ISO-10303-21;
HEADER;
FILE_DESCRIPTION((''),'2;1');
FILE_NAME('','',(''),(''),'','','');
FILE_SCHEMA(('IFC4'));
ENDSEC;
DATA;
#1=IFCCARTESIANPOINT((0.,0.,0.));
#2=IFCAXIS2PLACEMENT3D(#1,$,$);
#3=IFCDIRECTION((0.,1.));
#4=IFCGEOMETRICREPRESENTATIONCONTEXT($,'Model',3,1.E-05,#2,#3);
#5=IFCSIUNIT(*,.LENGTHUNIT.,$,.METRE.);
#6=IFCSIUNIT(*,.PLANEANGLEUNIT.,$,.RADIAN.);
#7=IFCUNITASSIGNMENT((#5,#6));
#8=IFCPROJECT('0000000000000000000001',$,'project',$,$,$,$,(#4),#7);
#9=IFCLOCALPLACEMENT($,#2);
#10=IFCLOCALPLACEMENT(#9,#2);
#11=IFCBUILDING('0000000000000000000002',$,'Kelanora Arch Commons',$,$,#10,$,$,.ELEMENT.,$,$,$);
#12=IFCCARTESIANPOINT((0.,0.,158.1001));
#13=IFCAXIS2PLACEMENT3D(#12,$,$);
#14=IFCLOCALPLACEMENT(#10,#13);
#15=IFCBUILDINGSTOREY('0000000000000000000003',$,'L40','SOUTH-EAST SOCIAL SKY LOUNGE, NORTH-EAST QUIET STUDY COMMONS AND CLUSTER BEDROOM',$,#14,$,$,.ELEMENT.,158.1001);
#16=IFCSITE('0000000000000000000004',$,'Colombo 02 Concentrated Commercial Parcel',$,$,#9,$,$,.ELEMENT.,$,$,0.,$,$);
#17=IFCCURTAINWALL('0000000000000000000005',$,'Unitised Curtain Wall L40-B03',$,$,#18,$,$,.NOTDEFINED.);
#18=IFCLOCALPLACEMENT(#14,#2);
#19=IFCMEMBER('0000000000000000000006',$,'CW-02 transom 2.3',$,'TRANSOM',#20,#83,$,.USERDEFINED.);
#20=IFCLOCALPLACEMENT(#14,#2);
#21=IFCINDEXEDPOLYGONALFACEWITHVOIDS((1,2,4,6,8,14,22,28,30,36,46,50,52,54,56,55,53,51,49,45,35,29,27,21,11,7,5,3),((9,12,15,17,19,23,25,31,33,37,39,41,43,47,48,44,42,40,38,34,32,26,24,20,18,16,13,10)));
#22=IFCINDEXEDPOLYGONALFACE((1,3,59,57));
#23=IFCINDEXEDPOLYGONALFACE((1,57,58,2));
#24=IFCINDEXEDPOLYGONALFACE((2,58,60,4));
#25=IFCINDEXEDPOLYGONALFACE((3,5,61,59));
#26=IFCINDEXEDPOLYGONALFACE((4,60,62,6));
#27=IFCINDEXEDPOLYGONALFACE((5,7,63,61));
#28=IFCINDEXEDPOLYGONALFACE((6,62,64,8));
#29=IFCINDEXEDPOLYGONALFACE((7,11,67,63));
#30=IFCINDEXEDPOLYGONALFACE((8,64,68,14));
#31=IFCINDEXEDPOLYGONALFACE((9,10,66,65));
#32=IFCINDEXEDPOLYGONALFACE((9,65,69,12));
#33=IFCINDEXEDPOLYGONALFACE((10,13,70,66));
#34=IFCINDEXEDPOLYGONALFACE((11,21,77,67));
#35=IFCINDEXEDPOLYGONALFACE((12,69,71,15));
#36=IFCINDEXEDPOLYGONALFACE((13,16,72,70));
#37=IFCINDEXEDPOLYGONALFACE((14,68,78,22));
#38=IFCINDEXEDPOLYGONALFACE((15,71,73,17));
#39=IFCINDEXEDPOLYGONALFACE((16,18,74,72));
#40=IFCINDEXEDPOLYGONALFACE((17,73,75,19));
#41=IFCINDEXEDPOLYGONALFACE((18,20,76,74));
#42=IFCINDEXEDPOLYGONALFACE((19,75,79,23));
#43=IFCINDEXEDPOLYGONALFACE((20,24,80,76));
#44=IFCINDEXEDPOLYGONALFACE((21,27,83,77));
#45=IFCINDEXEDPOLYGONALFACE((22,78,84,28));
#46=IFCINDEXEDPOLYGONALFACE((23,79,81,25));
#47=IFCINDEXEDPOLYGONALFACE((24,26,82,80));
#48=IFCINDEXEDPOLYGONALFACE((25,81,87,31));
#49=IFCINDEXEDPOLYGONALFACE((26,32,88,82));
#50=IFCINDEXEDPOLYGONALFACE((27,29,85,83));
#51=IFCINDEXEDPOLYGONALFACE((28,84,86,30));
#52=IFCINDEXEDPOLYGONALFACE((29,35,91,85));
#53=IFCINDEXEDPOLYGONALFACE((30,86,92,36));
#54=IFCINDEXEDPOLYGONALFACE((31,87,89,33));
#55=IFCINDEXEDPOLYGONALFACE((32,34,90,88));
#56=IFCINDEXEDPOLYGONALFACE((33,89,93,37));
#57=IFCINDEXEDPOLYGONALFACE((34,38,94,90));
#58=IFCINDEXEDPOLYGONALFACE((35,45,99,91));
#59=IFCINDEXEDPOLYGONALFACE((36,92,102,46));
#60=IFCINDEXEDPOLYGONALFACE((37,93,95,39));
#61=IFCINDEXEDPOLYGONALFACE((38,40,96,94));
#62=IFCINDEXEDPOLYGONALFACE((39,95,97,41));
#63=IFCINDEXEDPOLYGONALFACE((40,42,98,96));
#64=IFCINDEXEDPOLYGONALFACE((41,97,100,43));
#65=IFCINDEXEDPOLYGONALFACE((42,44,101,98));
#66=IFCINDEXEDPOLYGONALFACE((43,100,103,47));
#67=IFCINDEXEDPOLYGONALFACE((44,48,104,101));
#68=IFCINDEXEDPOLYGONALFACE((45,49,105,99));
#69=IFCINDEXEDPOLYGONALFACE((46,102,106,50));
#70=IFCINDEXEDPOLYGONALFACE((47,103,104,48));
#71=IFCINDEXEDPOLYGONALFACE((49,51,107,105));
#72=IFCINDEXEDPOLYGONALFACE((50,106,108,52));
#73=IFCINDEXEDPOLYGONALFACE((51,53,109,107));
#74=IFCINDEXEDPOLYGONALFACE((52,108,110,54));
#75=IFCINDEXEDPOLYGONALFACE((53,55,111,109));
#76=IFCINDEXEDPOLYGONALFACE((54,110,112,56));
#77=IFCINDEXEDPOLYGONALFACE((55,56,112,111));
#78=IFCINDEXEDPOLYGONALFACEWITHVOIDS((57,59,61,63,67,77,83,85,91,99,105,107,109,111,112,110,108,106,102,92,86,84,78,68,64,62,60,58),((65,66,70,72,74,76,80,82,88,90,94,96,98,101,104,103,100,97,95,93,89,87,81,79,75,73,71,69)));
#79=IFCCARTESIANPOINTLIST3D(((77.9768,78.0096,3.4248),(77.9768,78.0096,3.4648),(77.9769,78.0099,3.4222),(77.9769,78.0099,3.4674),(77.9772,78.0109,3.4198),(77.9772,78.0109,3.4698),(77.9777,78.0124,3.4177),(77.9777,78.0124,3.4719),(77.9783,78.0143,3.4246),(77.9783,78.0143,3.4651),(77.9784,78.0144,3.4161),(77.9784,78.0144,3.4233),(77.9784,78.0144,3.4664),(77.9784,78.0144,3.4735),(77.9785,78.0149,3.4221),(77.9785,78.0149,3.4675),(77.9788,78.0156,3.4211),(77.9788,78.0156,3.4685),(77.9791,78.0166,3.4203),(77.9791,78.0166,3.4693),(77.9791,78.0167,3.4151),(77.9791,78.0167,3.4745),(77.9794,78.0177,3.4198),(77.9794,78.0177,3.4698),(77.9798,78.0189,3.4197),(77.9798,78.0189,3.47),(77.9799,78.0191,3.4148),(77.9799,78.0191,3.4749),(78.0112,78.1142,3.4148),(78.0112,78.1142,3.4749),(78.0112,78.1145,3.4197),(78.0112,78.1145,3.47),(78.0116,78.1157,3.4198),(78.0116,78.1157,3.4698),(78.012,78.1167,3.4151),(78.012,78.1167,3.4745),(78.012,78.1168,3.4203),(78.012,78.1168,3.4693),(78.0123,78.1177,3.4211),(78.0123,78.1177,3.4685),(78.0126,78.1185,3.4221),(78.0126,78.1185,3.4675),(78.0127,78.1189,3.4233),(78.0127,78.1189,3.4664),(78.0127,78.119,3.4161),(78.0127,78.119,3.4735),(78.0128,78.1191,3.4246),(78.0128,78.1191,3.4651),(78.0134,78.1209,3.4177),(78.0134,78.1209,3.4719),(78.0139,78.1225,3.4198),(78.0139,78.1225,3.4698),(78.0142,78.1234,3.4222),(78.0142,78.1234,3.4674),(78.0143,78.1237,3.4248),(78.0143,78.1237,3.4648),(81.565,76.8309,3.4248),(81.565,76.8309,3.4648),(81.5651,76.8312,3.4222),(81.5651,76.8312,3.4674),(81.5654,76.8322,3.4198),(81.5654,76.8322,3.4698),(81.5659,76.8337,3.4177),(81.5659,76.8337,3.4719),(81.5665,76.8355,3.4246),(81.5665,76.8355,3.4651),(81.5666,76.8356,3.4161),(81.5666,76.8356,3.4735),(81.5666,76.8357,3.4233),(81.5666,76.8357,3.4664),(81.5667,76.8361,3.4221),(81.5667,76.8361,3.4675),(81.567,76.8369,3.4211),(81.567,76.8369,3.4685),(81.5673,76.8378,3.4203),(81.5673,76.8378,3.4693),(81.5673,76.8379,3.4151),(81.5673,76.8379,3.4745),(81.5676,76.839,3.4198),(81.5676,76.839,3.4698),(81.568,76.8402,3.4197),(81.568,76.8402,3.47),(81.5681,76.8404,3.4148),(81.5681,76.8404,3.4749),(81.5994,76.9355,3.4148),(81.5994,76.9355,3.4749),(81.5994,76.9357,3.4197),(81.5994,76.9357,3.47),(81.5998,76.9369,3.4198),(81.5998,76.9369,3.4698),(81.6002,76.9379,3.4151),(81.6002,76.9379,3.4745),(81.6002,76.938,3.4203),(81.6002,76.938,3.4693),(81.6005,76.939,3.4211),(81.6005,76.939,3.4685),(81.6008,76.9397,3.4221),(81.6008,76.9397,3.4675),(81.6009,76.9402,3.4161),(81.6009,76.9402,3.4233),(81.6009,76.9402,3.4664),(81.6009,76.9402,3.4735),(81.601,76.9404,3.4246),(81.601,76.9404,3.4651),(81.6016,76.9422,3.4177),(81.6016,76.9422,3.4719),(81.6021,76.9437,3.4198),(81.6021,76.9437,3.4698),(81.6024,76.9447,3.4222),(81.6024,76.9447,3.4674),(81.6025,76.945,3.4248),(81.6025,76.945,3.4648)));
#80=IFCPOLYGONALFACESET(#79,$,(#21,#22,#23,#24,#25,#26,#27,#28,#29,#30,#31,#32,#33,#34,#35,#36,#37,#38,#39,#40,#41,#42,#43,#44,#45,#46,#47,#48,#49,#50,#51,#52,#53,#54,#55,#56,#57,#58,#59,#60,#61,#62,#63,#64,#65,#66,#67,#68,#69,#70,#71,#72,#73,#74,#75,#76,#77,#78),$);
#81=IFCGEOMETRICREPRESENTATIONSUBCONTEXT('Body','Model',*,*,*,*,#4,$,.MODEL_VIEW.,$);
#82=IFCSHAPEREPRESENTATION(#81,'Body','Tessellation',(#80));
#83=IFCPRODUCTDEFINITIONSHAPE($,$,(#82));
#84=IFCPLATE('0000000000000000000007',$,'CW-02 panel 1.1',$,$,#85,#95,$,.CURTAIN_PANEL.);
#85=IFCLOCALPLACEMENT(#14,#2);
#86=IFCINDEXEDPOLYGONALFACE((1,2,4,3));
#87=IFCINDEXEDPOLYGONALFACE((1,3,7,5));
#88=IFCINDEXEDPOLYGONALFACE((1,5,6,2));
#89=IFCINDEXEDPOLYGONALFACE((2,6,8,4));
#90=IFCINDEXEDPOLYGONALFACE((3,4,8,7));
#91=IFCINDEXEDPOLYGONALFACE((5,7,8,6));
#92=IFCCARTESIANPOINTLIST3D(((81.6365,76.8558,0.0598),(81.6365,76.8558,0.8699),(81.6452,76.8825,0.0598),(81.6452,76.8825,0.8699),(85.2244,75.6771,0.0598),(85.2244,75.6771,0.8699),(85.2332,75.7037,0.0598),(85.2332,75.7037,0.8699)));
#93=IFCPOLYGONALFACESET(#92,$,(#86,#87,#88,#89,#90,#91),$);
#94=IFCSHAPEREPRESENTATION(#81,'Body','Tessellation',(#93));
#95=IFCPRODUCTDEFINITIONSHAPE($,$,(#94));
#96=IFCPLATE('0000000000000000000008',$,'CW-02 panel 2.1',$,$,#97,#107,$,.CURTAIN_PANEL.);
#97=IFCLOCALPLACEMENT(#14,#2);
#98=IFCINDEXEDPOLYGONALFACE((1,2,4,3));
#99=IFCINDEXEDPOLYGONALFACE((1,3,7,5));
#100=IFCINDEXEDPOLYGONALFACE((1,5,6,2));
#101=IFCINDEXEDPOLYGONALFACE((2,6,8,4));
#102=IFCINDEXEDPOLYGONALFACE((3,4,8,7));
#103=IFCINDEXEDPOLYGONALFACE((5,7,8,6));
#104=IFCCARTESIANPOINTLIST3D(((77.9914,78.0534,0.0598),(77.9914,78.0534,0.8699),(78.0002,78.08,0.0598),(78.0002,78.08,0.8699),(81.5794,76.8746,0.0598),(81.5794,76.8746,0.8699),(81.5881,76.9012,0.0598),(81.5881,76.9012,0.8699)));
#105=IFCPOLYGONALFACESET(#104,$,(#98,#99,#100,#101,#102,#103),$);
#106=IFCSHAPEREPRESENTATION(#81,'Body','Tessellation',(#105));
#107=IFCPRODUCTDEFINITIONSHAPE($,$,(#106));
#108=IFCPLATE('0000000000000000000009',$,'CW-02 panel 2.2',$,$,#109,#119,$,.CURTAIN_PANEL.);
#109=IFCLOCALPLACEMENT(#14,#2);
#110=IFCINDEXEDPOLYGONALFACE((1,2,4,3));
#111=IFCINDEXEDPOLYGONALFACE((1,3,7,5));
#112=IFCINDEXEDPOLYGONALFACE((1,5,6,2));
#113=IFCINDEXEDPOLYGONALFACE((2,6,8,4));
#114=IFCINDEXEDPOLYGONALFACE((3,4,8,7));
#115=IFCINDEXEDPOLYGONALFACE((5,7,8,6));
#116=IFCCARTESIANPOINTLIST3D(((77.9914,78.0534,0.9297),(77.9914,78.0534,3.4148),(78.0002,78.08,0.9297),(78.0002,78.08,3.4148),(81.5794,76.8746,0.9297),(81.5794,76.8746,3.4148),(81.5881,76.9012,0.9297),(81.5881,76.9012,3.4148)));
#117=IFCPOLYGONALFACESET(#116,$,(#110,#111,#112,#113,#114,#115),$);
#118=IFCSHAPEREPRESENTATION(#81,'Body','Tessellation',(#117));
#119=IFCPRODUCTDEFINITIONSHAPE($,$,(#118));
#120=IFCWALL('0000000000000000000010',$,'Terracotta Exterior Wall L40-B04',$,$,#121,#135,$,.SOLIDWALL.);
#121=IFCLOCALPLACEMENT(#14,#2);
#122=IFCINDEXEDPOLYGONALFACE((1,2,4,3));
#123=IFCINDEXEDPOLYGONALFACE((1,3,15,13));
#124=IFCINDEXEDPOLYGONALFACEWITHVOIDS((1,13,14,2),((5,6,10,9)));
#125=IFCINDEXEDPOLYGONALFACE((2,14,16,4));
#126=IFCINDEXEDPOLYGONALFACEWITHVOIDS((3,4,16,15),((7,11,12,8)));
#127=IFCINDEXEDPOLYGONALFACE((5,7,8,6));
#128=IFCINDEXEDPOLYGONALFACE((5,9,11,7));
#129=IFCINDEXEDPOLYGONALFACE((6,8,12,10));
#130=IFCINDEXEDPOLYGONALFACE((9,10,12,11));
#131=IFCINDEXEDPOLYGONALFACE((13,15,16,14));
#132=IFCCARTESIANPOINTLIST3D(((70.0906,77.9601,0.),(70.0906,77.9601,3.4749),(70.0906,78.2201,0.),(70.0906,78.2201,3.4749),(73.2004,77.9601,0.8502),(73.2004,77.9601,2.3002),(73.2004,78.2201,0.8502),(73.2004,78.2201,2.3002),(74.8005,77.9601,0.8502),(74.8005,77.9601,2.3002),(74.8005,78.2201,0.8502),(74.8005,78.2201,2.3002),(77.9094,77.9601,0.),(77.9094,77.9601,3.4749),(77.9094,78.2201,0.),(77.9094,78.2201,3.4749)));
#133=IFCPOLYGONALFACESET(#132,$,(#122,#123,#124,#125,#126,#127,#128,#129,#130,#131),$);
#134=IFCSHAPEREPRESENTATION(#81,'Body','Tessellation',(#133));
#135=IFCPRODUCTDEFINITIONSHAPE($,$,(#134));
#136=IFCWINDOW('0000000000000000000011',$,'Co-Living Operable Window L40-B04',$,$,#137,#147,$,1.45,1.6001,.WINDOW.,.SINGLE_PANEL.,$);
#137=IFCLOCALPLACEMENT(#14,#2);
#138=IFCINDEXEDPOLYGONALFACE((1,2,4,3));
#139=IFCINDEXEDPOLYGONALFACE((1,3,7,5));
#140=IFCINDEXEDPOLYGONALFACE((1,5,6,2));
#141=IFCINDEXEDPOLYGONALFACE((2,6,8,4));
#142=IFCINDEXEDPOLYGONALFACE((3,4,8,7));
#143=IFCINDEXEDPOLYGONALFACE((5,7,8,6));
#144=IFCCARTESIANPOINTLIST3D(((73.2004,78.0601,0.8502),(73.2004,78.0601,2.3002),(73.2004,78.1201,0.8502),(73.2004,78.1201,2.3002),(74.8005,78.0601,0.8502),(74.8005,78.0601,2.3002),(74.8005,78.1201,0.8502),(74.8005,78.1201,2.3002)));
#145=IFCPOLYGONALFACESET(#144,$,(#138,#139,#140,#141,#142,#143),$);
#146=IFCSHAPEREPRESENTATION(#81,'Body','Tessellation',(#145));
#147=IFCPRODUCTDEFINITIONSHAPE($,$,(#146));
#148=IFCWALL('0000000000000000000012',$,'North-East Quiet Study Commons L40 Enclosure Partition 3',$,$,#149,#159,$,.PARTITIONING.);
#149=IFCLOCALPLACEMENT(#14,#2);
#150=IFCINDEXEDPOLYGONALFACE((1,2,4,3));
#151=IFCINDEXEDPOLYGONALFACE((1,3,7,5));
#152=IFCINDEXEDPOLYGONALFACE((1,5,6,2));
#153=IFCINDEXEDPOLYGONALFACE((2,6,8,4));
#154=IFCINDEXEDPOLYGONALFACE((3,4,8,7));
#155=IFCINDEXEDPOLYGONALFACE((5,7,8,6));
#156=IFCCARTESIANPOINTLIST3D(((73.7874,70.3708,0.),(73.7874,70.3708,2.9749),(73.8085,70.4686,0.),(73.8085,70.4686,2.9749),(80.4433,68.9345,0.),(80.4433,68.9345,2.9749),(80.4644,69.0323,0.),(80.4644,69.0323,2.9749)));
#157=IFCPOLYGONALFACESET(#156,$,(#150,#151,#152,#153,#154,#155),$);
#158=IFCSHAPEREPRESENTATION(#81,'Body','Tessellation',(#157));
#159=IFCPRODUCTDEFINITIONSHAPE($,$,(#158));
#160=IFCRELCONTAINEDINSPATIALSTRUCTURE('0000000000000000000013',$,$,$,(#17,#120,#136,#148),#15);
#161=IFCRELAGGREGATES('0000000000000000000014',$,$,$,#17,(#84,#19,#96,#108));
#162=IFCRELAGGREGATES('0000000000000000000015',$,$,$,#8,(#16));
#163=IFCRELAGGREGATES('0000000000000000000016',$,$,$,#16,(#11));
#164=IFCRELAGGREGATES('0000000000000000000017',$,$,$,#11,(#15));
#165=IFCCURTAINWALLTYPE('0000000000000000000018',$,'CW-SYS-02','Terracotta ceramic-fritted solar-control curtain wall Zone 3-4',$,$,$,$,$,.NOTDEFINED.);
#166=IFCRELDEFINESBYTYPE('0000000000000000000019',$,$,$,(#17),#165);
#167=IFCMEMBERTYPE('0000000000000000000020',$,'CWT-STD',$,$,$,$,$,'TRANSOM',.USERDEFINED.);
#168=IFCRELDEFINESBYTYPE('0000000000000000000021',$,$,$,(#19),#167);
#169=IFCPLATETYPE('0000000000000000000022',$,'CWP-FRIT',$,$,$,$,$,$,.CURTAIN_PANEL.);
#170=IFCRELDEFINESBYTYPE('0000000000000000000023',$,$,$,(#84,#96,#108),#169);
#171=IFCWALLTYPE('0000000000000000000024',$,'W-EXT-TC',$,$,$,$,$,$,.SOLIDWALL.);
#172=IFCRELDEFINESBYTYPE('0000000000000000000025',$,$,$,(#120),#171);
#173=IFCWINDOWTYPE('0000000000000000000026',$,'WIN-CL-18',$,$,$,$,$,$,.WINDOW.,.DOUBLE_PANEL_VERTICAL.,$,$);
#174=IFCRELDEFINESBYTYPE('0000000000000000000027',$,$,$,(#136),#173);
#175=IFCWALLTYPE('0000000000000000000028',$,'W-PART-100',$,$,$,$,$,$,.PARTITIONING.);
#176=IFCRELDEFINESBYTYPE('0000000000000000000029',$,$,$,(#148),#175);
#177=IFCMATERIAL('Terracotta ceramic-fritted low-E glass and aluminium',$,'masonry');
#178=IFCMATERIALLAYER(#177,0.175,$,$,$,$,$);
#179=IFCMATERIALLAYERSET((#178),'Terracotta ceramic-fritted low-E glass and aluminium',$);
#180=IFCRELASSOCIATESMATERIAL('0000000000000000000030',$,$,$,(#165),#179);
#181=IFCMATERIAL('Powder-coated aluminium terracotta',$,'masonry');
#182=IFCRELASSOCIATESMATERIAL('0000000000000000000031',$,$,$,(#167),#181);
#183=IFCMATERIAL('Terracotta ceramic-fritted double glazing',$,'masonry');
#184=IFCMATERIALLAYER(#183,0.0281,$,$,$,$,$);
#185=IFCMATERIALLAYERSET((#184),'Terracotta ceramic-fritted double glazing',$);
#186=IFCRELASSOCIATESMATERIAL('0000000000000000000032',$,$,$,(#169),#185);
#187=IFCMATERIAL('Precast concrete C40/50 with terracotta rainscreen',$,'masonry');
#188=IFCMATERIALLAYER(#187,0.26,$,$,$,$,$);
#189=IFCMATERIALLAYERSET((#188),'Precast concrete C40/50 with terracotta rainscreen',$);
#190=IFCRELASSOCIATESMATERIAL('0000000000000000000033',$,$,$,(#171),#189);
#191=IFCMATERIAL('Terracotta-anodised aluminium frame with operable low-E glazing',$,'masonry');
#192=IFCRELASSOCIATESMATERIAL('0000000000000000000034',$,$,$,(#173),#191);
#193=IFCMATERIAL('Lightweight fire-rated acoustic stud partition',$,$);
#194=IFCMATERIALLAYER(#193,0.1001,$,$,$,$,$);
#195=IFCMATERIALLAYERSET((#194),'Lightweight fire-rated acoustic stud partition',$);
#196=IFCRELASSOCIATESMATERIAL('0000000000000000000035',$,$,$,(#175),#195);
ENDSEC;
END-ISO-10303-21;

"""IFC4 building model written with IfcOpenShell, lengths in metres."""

from ifc_helpers import new_model, si_unit, direction, frame, frame_2d, origin, origin_2d, place, context, subcontext, project, spatial, rectangle, hollow_rectangle, extrude, source, transform, mapped, material, layer, layer_set, material_profile, profile_set, type_object, element, fill, aggregate, save


model = new_model("IFC4")

# Units and contexts
model_context = context("Model", 3, precision=1e-05, world=origin(), true_north=direction((0.0, 1.0)))
body_context = subcontext(model_context, "Body", "Model", "MODEL_VIEW")
ifc_project = project(units=[si_unit("LENGTHUNIT", "METRE"), si_unit("PLANEANGLEUNIT", "RADIAN")], contexts=[model_context])

# Site, building, storey
site_placement = place(None, origin())
site = spatial("IfcSite", under=ifc_project, at=site_placement, Name="Colombo 02 Concentrated Commercial Parcel", CompositionType="ELEMENT", RefElevation=0.0)
building_placement = place(site_placement, origin())
building = spatial("IfcBuilding", under=site, at=building_placement, Name="Kelanora Arch Commons", CompositionType="ELEMENT")
storey_placement = place(building_placement, frame((0.0, 0.0, 158.1001)))
storey = spatial("IfcBuildingStorey", under=building, at=storey_placement, Name="L40", Description="SOUTH-EAST SOCIAL SKY LOUNGE, NORTH-EAST QUIET STUDY COMMONS AND CLUSTER BEDROOM", CompositionType="ELEMENT", Elevation=158.1001)

# Curtain wall, member, plates
ifc_material_1 = material(Name="Terracotta ceramic-fritted low-E glass and aluminium", Category="masonry")
ifc_layer_1 = layer(ifc_material_1, 0.175)
ifc_layer_set_1 = layer_set([ifc_layer_1], Name="Terracotta ceramic-fritted low-E glass and aluminium")
curtain_wall_type = type_object("IfcCurtainWallType", Name="CW-SYS-02", Description="Terracotta ceramic-fritted solar-control curtain wall Zone 3-4", PredefinedType="NOTDEFINED", material=ifc_layer_set_1)
curtain_wall_placement = place(storey_placement, origin())
curtain_wall = element("IfcCurtainWall", 1, at=curtain_wall_placement, inside=storey, type_object=curtain_wall_type, Name="Unitised Curtain Wall L40-B03", PredefinedType="NOTDEFINED")
ifc_material_2 = material(Name="Powder-coated aluminium terracotta", Category="masonry")
ifc_material_profile_1 = material_profile(ifc_material_2, hollow_rectangle(XDim=0.1201, YDim=0.0601, WallThickness=0.0049, InnerFilletRadius=0.0049, OuterFilletRadius=0.01, at=origin_2d()), Name="CWT120x60")
ifc_profile_set_1 = profile_set([ifc_material_profile_1], Name="Powder-coated aluminium terracotta")
member_type_1 = type_object("IfcMemberType", Name="CWT-STD", ElementType="TRANSOM", PredefinedType="USERDEFINED", material=ifc_profile_set_1)
member_1_placement = place(storey_placement, frame((81.5837, 76.8879, 3.4448), z_axis=(-0.950051, 0.312094, 0.0), x_axis=(-0.312094, -0.950051, 0.0)))
member_1 = element("IfcMember", 2, at=member_1_placement, type_object=member_type_1, Name="CW-02 transom 2.3", ObjectType="TRANSOM", PredefinedType="USERDEFINED", context=body_context, shape_type="SweptSolid", body=[
    extrude(hollow_rectangle(XDim=0.1201, YDim=0.0601, WallThickness=0.0049, InnerFilletRadius=0.0049, OuterFilletRadius=0.01, at=origin_2d()), origin(), (0.0, 0.0, 1.0), 3.7769),
])
ifc_material_3 = material(Name="Terracotta ceramic-fritted double glazing", Category="masonry")
ifc_layer_2 = layer(ifc_material_3, 0.0281)
ifc_layer_set_2 = layer_set([ifc_layer_2], Name="Terracotta ceramic-fritted double glazing")
plate_type = type_object("IfcPlateType", Name="CWP-FRIT", PredefinedType="CURTAIN_PANEL", material=ifc_layer_set_2)
shared_shape_1 = source(origin(), body_context, "Body", "SweptSolid", [
    extrude(rectangle(XDim=3.7766, YDim=0.0281, at=origin_2d()), origin(), (0.0, 0.0, 1.0), 0.8101),
])
plate_1_placement = place(storey_placement, frame((83.4348, 76.2798, 0.0598), z_axis=(0.0, 0.0, 1.0), x_axis=(-0.95004, 0.312128, 0.0)))
plate_1 = element("IfcPlate", 3, at=plate_1_placement, type_object=plate_type, Name="CW-02 panel 1.1", PredefinedType="CURTAIN_PANEL", context=body_context, shape_type="MappedRepresentation", body=[
    mapped(shared_shape_1, transform((0.0, 0.0, 0.0), scale=1.0)),
])
plate_2_placement = place(storey_placement, frame((79.7898, 77.4773, 0.0598), z_axis=(0.0, 0.0, 1.0), x_axis=(-0.95004, 0.312128, 0.0)))
plate_2 = element("IfcPlate", 4, at=plate_2_placement, type_object=plate_type, Name="CW-02 panel 2.1", PredefinedType="CURTAIN_PANEL", context=body_context, shape_type="MappedRepresentation", body=[
    mapped(shared_shape_1, transform((0.0, 0.0, 0.0), scale=1.0)),
])
shared_shape_2 = source(origin(), body_context, "Body", "SweptSolid", [
    extrude(rectangle(XDim=3.7766, YDim=0.0281, at=origin_2d()), origin(), (0.0, 0.0, 1.0), 2.4851),
])
plate_3_placement = place(storey_placement, frame((79.7898, 77.4773, 0.9297), z_axis=(0.0, 0.0, 1.0), x_axis=(-0.95004, 0.312128, 0.0)))
plate_3 = element("IfcPlate", 5, at=plate_3_placement, type_object=plate_type, Name="CW-02 panel 2.2", PredefinedType="CURTAIN_PANEL", context=body_context, shape_type="MappedRepresentation", body=[
    mapped(shared_shape_2, transform((0.0, 0.0, 0.0), scale=1.0)),
])
aggregate(curtain_wall, [plate_1, member_1, plate_2, plate_3])

# Wall, opening, window
ifc_material_4 = material(Name="Precast concrete C40/50 with terracotta rainscreen", Category="masonry")
ifc_layer_3 = layer(ifc_material_4, 0.26)
ifc_layer_set_3 = layer_set([ifc_layer_3], Name="Precast concrete C40/50 with terracotta rainscreen")
wall_type_1 = type_object("IfcWallType", Name="W-EXT-TC", PredefinedType="SOLIDWALL", material=ifc_layer_set_3)
wall_1_placement = place(storey_placement, frame((77.9094, 78.0901, 0.0), z_axis=(0.0, 0.0, 1.0), x_axis=(-1.0, 0.0, 0.0)))
wall_1 = element("IfcWall", 6, at=wall_1_placement, inside=storey, type_object=wall_type_1, Name="Terracotta Exterior Wall L40-B04", PredefinedType="SOLIDWALL", context=body_context, shape_type="SweptSolid", body=[
    extrude(rectangle(XDim=7.8188, YDim=0.26, at=frame_2d((3.9094, 0.0))), origin(), (0.0, 0.0, 1.0), 3.4749),
])
opening_1_placement = place(wall_1_placement, frame((3.1089, 0.0, 0.8501)))
opening_1 = element("IfcOpeningElement", 7, at=opening_1_placement, cuts=wall_1, PredefinedType="OPENING", context=body_context, shape_type="SweptSolid", body=[
    extrude(rectangle(XDim=1.6001, YDim=1.45, at=frame_2d((0.8, 0.7251))), frame((0.0, 0.1401, 0.0), z_axis=(0.0, -1.0, 0.0), x_axis=(1.0, 0.0, 0.0)), (0.0, 0.0, 1.0), 0.28),
])
ifc_material_5 = material(Name="Terracotta-anodised aluminium frame with operable low-E glazing", Category="masonry")
window_type = type_object("IfcWindowType", Name="WIN-CL-18", PartitioningType="DOUBLE_PANEL_VERTICAL", PredefinedType="WINDOW", material=ifc_material_5)
window_placement = place(opening_1_placement, origin())
window = element("IfcWindow", 8, at=window_placement, inside=storey, type_object=window_type, Name="Co-Living Operable Window L40-B04", OverallHeight=1.45, OverallWidth=1.6001, PartitioningType="SINGLE_PANEL", PredefinedType="WINDOW", context=body_context, shape_type="SweptSolid", body=[
    extrude(rectangle(XDim=1.6001, YDim=1.45, at=frame_2d((0.8, 0.7251))), frame((0.0, 0.03, 0.0), z_axis=(0.0, -1.0, 0.0), x_axis=(1.0, 0.0, 0.0)), (0.0, 0.0, 1.0), 0.0601),
])
fill(opening_1, window)

# Wall
ifc_material_6 = material(Name="Lightweight fire-rated acoustic stud partition")
ifc_layer_4 = layer(ifc_material_6, 0.1001)
ifc_layer_set_4 = layer_set([ifc_layer_4], Name="Lightweight fire-rated acoustic stud partition")
wall_type_2 = type_object("IfcWallType", Name="W-PART-100", PredefinedType="PARTITIONING", material=ifc_layer_set_4)
wall_2_placement = place(storey_placement, frame((80.4539, 68.9834, 0.0), z_axis=(0.0, 0.0, 1.0), x_axis=(-0.977499, 0.210939, 0.0)))
element("IfcWall", 9, at=wall_2_placement, inside=storey, type_object=wall_type_2, Name="North-East Quiet Study Commons L40 Enclosure Partition 3", PredefinedType="PARTITIONING", context=body_context, shape_type="SweptSolid", body=[
    extrude(rectangle(XDim=6.8091, YDim=0.1001, at=frame_2d((3.4045, 0.0))), origin(), (0.0, 0.0, 1.0), 2.9749),
])

save(model, "model.ifc")
